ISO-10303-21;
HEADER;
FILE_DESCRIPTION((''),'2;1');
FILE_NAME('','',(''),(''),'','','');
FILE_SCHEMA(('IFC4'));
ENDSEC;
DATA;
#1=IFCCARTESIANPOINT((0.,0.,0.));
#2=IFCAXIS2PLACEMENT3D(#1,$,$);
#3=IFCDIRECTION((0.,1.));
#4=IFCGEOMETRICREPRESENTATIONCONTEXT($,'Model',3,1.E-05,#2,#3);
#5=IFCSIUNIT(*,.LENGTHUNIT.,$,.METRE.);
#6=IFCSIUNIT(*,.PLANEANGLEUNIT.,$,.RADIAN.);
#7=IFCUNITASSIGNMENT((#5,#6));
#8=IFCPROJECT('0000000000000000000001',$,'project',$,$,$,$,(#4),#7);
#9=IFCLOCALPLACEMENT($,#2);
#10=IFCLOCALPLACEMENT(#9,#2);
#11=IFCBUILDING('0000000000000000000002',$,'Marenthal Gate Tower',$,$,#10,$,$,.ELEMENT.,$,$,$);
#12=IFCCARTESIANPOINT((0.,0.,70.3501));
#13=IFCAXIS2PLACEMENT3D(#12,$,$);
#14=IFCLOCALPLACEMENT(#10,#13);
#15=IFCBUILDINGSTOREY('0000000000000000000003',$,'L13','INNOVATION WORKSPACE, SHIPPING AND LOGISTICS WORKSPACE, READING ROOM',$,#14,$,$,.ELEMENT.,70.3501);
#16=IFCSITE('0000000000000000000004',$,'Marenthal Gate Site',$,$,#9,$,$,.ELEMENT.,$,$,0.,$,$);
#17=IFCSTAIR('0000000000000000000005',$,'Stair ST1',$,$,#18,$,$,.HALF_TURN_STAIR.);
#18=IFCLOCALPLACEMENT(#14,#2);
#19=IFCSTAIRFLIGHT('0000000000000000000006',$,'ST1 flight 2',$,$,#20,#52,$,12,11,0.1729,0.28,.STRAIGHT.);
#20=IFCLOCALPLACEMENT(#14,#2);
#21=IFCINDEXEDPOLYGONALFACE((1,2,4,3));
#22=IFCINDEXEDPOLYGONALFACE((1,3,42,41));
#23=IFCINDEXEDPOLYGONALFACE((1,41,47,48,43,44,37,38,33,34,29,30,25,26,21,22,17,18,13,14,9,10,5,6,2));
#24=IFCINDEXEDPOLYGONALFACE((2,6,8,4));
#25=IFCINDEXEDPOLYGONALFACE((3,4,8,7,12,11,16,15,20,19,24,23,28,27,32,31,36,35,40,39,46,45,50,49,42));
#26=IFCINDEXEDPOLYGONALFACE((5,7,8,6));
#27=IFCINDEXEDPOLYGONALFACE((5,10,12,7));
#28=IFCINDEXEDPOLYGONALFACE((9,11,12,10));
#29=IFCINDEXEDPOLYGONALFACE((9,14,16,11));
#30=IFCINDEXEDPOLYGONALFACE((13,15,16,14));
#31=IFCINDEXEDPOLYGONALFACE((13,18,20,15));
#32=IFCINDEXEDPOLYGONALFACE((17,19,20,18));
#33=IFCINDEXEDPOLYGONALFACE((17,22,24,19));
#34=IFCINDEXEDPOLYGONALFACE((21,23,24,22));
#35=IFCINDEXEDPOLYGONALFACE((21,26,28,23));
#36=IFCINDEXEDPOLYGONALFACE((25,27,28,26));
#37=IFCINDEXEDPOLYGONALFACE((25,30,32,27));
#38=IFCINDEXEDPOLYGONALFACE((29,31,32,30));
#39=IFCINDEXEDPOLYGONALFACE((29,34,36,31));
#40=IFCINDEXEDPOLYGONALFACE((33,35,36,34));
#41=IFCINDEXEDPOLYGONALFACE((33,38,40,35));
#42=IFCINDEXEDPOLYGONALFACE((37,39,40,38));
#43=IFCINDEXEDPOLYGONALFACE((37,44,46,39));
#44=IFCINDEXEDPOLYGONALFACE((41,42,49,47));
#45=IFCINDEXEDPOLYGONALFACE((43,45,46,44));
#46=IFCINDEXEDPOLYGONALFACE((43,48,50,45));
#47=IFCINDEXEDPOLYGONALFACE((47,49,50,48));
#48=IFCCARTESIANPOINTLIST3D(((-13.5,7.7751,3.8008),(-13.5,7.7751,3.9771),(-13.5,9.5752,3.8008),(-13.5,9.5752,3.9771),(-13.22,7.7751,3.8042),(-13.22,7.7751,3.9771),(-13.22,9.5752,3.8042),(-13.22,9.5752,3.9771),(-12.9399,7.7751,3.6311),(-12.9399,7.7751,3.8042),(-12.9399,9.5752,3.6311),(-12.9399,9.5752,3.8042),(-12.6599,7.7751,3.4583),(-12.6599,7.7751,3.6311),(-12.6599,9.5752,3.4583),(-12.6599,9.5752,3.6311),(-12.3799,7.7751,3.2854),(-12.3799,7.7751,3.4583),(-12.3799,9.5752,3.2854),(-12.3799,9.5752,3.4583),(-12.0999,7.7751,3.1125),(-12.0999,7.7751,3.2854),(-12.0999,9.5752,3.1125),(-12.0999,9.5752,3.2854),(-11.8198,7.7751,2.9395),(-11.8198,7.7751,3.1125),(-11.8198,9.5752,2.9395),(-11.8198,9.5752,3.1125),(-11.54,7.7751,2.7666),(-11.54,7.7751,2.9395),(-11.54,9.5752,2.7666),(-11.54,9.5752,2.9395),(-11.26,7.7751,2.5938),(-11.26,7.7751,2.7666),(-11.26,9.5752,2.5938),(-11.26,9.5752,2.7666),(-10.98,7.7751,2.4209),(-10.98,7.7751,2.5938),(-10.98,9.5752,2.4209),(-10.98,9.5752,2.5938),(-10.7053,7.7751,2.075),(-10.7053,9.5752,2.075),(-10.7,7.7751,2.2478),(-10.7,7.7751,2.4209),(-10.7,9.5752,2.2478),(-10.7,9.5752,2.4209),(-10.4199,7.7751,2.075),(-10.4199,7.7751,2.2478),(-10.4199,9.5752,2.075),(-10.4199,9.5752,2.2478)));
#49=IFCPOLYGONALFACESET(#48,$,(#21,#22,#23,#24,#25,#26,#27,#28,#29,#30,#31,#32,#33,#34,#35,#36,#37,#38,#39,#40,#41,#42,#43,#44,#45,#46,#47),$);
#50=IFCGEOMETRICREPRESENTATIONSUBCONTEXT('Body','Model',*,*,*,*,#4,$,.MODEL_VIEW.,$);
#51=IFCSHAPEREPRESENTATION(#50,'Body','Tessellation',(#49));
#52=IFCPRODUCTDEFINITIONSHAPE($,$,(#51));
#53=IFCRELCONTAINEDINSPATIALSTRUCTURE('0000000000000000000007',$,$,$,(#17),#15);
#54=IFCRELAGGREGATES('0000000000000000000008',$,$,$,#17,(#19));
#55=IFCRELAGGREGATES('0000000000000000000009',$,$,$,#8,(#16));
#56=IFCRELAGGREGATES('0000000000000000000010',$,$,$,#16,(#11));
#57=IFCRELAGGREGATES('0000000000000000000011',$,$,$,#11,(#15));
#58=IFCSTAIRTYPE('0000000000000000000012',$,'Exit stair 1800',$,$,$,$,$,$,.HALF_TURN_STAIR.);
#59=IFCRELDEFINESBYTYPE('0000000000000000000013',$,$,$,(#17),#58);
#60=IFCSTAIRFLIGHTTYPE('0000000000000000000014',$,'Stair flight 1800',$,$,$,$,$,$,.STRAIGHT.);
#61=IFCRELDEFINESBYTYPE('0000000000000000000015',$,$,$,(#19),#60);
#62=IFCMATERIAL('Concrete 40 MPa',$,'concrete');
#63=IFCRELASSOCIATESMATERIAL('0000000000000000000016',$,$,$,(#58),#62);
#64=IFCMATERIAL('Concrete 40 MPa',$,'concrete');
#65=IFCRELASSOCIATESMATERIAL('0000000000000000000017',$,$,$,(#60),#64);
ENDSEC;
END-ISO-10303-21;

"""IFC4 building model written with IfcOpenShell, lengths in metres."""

from ifc_helpers import new_model, si_unit, direction, frame, origin, place, context, subcontext, project, spatial, polyline, outline, extrude, material, type_object, element, aggregate, save


model = new_model("IFC4")

# Units and contexts
model_context = context("Model", 3, precision=1e-05, world=origin(), true_north=direction((0.0, 1.0)))
body_context = subcontext(model_context, "Body", "Model", "MODEL_VIEW")
ifc_project = project(units=[si_unit("LENGTHUNIT", "METRE"), si_unit("PLANEANGLEUNIT", "RADIAN")], contexts=[model_context])

# Site, building, storey
site_placement = place(None, origin())
site = spatial("IfcSite", under=ifc_project, at=site_placement, Name="Marenthal Gate Site", CompositionType="ELEMENT", RefElevation=0.0)
building_placement = place(site_placement, origin())
building = spatial("IfcBuilding", under=site, at=building_placement, Name="Marenthal Gate Tower", CompositionType="ELEMENT")
storey_placement = place(building_placement, frame((0.0, 0.0, 70.3501)))
storey = spatial("IfcBuildingStorey", under=building, at=storey_placement, Name="L13", Description="INNOVATION WORKSPACE, SHIPPING AND LOGISTICS WORKSPACE, READING ROOM", CompositionType="ELEMENT", Elevation=70.3501)

# Stair, stair flight
ifc_material_1 = material(Name="Concrete 40 MPa", Category="concrete")
stair_type = type_object("IfcStairType", Name="Exit stair 1800", PredefinedType="HALF_TURN_STAIR", material=ifc_material_1)
stair_placement = place(storey_placement, origin())
stair = element("IfcStair", 1, at=stair_placement, inside=storey, type_object=stair_type, Name="Stair ST1", PredefinedType="HALF_TURN_STAIR")
ifc_material_2 = material(Name="Concrete 40 MPa", Category="concrete")
stair_flight_type = type_object("IfcStairFlightType", Name="Stair flight 1800", PredefinedType="STRAIGHT", material=ifc_material_2)
stair_flight_1_placement = place(storey_placement, frame((-10.4199, 8.675, 2.075), z_axis=(0.0, 0.0, 1.0), x_axis=(-1.0, 0.0, 0.0)))
stair_flight_1 = element("IfcStairFlight", 2, at=stair_flight_1_placement, type_object=stair_flight_type, Name="ST1 flight 2", NumberOfRisers=12, NumberOfTreads=11, PredefinedType="STRAIGHT", RiserHeight=0.1729, TreadLength=0.28, context=body_context, shape_type="SweptSolid", body=[
    extrude(outline(polyline([(0.0, 0.0), (0.0, 0.1729), (0.28, 0.1729), (0.28, 0.3459), (0.5601, 0.3459), (0.5601, 0.5188), (0.8401, 0.5188), (0.8401, 0.6917), (1.1201, 0.6917), (1.1201, 0.8645), (1.3999, 0.8645), (1.3999, 1.0376), (1.6799, 1.0376), (1.6799, 1.2104), (1.96, 1.2104), (1.96, 1.3833), (2.24, 1.3833), (2.24, 1.5562), (2.52, 1.5562), (2.52, 1.7292), (2.8, 1.7292), (2.8, 1.9021), (3.0801, 1.9021), (3.0801, 2.075), (3.0801, 1.7258), (0.2854, 0.0), (0.0, 0.0)])), frame((0.0, 0.8999, 0.0), z_axis=(0.0, -1.0, 0.0), x_axis=(1.0, 0.0, 0.0)), (0.0, 0.0, 1.0), 1.8),
])
aggregate(stair, [stair_flight_1])

save(model, "model.ifc")
